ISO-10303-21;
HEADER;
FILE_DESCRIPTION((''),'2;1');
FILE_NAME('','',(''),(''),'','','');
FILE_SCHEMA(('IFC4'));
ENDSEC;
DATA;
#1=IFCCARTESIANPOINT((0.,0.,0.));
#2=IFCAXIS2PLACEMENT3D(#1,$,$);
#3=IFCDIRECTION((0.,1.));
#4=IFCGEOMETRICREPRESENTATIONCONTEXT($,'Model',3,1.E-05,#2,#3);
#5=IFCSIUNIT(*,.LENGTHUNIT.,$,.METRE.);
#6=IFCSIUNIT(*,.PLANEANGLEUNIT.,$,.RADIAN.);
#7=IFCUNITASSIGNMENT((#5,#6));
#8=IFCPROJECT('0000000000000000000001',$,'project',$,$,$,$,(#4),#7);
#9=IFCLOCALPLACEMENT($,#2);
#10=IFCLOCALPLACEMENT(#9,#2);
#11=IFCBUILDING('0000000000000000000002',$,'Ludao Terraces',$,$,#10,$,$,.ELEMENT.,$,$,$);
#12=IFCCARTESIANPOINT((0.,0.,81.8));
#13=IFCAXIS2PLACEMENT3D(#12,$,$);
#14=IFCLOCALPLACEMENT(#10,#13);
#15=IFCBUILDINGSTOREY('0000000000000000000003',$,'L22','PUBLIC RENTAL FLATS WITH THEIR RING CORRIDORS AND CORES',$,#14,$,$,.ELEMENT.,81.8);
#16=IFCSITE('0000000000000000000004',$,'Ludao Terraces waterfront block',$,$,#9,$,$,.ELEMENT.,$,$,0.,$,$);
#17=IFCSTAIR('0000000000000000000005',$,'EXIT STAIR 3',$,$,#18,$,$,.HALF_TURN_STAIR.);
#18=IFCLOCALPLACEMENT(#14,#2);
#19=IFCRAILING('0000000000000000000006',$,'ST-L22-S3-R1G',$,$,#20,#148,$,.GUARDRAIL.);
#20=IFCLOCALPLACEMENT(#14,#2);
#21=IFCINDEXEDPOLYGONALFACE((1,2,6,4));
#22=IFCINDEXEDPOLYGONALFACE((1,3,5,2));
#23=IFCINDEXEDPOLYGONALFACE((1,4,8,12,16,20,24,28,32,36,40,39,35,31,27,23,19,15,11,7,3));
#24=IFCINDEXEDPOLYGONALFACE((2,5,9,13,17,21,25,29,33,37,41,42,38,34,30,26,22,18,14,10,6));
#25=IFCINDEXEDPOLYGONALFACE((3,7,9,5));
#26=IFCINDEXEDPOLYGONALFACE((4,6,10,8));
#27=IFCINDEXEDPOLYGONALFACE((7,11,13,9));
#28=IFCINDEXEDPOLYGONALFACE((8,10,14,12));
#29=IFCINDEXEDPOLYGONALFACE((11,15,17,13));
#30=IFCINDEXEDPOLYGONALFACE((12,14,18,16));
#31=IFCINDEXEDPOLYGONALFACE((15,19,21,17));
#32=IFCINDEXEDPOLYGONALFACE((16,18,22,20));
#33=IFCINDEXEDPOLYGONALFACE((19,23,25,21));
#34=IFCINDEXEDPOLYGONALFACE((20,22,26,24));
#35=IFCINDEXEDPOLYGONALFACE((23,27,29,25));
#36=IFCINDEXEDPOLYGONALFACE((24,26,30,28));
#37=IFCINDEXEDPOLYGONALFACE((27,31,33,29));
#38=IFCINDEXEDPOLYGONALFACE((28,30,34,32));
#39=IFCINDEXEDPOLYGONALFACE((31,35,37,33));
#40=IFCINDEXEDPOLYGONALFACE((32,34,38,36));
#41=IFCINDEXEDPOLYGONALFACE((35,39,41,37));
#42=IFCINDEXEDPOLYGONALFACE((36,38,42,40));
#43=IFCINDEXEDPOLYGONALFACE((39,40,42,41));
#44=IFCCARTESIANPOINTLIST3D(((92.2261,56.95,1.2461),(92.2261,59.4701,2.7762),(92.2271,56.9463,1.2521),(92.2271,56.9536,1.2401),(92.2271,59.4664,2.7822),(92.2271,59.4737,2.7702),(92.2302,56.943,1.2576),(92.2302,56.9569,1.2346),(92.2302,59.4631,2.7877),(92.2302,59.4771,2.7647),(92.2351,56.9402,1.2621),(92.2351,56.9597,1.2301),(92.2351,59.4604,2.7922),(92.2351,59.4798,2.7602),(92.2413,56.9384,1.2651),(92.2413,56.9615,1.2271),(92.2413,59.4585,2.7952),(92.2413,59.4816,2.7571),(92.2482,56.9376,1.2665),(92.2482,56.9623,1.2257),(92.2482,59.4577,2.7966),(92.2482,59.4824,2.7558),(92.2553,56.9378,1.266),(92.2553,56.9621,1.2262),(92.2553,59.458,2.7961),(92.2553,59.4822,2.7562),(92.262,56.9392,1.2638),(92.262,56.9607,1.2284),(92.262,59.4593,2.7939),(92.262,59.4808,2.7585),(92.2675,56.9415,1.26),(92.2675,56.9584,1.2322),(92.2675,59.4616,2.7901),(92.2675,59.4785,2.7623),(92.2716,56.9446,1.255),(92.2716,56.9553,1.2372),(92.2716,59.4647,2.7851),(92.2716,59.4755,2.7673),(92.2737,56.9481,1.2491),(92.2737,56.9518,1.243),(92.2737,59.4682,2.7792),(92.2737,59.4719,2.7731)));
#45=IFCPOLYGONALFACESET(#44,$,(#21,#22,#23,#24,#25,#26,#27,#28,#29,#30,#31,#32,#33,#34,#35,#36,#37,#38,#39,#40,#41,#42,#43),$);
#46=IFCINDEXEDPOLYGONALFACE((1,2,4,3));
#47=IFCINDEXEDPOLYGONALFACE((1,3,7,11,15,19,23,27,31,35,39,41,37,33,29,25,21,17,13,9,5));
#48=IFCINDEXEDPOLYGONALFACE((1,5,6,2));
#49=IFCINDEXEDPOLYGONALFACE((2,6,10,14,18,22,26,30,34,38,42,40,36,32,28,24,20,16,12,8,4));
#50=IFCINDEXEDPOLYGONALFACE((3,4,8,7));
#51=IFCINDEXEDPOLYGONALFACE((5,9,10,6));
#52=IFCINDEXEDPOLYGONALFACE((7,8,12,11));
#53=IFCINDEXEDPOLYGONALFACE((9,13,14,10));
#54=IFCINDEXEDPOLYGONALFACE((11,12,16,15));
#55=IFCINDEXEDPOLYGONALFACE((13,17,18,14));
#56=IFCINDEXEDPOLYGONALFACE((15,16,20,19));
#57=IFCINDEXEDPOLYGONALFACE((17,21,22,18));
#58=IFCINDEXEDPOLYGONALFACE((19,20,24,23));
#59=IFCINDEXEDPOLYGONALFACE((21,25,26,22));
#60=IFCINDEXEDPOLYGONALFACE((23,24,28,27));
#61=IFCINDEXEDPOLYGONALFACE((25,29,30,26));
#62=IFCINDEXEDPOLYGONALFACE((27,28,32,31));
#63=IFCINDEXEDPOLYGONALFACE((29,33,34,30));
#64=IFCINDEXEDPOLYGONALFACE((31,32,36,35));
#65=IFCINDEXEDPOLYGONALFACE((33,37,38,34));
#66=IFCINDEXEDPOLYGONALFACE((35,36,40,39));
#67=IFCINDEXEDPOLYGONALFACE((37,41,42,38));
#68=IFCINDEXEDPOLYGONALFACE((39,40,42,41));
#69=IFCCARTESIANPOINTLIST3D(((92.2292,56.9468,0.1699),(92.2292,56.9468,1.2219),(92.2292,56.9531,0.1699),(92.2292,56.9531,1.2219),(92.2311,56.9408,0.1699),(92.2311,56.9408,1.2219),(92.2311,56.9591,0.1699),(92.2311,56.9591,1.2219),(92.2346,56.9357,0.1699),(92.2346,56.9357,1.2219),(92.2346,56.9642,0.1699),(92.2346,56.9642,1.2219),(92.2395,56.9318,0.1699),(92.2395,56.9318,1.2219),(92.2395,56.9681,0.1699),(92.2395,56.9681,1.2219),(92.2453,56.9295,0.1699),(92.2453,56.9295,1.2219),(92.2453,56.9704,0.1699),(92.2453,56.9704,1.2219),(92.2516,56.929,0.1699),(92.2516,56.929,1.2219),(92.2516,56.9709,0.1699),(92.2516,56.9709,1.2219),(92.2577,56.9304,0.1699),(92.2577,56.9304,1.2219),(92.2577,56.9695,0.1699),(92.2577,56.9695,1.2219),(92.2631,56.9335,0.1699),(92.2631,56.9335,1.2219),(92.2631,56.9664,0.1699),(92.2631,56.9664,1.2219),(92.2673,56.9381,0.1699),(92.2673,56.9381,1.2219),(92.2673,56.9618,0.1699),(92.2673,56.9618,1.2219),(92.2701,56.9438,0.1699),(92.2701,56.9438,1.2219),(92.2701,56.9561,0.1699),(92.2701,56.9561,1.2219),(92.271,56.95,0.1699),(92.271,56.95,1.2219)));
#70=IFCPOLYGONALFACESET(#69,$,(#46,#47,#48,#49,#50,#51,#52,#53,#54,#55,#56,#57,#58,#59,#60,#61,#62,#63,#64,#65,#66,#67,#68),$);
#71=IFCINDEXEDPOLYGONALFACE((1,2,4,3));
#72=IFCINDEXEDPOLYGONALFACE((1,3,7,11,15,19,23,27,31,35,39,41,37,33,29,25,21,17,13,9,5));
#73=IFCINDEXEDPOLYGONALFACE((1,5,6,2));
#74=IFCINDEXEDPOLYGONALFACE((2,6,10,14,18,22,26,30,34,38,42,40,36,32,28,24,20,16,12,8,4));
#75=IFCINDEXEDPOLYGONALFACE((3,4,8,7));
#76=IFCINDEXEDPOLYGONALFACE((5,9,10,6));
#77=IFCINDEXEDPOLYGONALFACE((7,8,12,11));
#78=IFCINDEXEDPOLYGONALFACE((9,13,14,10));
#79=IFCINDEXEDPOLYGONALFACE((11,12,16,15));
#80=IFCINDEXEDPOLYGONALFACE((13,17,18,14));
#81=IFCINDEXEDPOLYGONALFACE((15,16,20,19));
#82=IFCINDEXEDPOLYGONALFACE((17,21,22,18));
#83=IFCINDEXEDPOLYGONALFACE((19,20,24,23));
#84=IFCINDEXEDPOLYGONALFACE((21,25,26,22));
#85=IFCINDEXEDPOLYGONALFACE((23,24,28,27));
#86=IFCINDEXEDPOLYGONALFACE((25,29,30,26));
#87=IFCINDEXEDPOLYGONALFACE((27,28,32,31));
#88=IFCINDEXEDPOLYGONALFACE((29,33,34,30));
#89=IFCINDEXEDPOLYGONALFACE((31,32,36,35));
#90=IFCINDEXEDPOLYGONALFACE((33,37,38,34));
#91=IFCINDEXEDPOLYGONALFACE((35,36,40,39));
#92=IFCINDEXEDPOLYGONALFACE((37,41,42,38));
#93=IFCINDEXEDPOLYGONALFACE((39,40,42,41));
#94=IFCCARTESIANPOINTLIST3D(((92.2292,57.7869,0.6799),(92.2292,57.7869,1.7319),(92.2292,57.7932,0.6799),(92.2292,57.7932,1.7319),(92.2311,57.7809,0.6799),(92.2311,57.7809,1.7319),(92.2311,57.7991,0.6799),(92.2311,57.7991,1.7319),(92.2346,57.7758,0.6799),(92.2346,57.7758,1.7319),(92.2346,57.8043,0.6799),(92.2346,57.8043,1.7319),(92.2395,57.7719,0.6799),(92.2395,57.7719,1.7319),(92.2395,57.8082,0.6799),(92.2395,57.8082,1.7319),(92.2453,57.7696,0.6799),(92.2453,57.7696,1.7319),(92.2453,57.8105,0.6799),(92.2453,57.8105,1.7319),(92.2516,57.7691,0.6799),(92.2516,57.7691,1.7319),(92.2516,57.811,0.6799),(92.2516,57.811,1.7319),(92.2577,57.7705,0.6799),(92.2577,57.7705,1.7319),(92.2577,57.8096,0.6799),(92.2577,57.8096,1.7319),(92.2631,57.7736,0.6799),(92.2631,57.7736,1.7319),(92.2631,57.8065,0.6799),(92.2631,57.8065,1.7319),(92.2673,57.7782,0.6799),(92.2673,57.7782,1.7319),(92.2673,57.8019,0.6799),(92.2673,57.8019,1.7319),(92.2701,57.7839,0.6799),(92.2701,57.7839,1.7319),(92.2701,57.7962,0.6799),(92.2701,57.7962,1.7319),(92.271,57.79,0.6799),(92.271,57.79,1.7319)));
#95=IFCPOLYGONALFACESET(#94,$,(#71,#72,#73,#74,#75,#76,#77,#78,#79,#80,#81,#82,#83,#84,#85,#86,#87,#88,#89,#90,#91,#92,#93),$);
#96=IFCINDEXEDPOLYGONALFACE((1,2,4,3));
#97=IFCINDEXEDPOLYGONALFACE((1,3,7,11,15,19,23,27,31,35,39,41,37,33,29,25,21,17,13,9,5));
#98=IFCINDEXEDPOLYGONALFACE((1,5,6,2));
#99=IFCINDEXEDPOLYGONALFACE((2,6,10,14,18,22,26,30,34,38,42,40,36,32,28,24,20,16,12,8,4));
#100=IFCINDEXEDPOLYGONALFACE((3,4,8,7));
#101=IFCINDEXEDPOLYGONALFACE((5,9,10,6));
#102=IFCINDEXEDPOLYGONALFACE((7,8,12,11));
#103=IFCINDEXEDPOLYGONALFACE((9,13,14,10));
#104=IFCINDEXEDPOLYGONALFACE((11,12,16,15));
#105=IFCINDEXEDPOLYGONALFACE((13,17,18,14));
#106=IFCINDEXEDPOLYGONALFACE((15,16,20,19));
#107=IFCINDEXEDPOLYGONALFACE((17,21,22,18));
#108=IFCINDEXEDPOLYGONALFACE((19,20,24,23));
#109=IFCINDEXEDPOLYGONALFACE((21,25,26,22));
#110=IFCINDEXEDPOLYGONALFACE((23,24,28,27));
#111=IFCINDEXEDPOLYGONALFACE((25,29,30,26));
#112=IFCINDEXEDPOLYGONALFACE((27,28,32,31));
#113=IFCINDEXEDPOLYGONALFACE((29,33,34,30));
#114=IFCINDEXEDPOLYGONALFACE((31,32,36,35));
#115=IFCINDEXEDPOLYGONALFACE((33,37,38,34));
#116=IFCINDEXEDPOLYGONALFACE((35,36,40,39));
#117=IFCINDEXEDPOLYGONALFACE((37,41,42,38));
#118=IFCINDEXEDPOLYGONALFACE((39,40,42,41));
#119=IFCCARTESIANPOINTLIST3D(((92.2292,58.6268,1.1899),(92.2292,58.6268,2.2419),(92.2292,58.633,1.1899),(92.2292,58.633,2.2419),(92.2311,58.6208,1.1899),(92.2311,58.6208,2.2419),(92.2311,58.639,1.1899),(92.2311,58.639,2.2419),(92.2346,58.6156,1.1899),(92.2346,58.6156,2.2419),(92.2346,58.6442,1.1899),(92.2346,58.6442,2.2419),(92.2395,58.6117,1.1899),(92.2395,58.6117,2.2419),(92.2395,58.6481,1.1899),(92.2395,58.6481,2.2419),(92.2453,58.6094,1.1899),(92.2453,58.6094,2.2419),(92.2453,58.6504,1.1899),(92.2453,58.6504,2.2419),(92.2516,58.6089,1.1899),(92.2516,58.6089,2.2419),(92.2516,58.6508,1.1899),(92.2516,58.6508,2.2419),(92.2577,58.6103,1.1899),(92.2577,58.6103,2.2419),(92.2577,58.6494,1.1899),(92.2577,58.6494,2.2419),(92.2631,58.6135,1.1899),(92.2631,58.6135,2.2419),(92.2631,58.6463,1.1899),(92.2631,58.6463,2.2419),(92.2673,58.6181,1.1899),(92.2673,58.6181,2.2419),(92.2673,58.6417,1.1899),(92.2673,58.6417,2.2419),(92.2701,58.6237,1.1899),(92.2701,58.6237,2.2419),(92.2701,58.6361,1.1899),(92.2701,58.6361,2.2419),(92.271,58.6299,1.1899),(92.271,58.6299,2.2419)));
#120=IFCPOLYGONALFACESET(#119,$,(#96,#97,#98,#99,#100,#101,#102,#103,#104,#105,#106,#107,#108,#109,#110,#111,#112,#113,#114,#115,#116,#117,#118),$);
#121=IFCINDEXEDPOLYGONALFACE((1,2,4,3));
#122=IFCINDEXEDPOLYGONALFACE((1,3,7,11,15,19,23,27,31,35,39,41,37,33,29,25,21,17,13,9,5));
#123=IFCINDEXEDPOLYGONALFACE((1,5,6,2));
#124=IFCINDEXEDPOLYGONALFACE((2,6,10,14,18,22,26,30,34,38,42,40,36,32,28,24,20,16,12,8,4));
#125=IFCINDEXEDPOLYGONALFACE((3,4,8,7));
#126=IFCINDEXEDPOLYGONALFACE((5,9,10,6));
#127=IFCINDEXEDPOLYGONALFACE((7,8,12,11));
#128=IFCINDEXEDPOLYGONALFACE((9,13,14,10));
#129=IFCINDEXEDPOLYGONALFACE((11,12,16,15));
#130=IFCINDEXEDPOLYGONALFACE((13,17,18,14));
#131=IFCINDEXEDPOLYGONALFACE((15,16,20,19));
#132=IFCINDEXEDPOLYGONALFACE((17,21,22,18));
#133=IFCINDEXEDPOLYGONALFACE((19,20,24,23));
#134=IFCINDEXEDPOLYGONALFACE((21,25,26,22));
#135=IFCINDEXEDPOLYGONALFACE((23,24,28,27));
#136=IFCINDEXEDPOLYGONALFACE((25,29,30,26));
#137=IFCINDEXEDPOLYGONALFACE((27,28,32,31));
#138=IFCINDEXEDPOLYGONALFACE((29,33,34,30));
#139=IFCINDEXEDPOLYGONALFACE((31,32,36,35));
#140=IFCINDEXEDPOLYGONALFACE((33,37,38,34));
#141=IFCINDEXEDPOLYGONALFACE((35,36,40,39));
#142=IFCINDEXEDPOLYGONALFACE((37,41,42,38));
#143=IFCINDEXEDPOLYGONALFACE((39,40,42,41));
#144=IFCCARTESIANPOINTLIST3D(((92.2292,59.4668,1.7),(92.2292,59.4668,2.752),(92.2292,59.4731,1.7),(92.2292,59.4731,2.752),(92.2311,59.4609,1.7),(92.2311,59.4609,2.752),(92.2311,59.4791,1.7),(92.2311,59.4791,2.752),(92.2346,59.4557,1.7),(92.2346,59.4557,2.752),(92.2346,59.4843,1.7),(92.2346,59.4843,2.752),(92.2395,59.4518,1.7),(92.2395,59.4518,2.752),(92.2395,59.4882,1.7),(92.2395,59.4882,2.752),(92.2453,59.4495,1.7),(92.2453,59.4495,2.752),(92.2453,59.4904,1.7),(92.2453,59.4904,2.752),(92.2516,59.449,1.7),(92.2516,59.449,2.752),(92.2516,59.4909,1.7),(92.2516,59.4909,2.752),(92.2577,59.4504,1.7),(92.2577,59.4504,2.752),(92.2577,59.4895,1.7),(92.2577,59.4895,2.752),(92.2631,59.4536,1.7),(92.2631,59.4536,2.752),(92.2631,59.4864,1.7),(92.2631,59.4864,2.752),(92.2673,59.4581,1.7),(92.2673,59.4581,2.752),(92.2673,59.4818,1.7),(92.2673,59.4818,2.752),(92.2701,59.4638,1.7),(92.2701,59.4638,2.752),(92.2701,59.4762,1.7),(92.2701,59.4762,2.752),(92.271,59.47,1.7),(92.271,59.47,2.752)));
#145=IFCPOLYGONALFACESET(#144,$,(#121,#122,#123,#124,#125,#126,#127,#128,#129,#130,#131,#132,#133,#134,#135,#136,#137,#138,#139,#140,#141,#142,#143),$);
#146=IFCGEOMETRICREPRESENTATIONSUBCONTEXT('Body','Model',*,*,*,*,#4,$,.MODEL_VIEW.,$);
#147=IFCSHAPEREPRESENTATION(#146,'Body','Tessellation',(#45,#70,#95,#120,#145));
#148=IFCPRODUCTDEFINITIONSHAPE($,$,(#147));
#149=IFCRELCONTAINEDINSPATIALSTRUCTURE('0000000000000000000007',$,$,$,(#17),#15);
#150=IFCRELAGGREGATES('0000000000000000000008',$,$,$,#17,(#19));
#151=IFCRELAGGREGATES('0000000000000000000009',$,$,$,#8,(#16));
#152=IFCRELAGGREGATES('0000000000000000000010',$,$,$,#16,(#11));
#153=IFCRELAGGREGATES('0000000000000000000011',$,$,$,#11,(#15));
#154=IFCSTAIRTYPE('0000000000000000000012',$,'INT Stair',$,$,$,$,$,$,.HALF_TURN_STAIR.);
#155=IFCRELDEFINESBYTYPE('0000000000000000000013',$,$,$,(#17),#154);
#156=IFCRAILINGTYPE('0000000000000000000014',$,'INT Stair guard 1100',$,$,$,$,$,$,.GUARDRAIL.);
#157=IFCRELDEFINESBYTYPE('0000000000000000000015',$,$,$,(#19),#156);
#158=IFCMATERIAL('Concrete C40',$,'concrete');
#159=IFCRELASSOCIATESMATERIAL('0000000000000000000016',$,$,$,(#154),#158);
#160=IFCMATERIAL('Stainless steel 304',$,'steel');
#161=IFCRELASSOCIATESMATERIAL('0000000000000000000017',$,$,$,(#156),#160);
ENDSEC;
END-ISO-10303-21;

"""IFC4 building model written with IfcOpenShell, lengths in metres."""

from ifc_helpers import new_model, si_unit, direction, frame, origin, origin_2d, place, context, subcontext, project, spatial, circle, extrude, material, type_object, element, aggregate, save


model = new_model("IFC4")

# Units and contexts
model_context = context("Model", 3, precision=1e-05, world=origin(), true_north=direction((0.0, 1.0)))
body_context = subcontext(model_context, "Body", "Model", "MODEL_VIEW")
ifc_project = project(units=[si_unit("LENGTHUNIT", "METRE"), si_unit("PLANEANGLEUNIT", "RADIAN")], contexts=[model_context])

# Site, building, storey
site_placement = place(None, origin())
site = spatial("IfcSite", under=ifc_project, at=site_placement, Name="Ludao Terraces waterfront block", CompositionType="ELEMENT", RefElevation=0.0)
building_placement = place(site_placement, origin())
building = spatial("IfcBuilding", under=site, at=building_placement, Name="Ludao Terraces", CompositionType="ELEMENT")
storey_placement = place(building_placement, frame((0.0, 0.0, 81.8)))
storey = spatial("IfcBuildingStorey", under=building, at=storey_placement, Name="L22", Description="PUBLIC RENTAL FLATS WITH THEIR RING CORRIDORS AND CORES", CompositionType="ELEMENT", Elevation=81.8)

# Stair, railing
ifc_material_1 = material(Name="Concrete C40", Category="concrete")
stair_type = type_object("IfcStairType", Name="INT Stair", PredefinedType="HALF_TURN_STAIR", material=ifc_material_1)
stair_placement = place(storey_placement, origin())
stair = element("IfcStair", 1, at=stair_placement, inside=storey, type_object=stair_type, Name="EXIT STAIR 3", PredefinedType="HALF_TURN_STAIR")
ifc_material_2 = material(Name="Stainless steel 304", Category="steel")
railing_type_1 = type_object("IfcRailingType", Name="INT Stair guard 1100", PredefinedType="GUARDRAIL", material=ifc_material_2)
railing_1_placement = place(storey_placement, frame((92.25, 56.95, 0.1699)))
railing_1 = element("IfcRailing", 2, at=railing_1_placement, type_object=railing_type_1, Name="ST-L22-S3-R1G", PredefinedType="GUARDRAIL", context=body_context, shape_type="SweptSolid", body=[
    extrude(circle(Radius=0.0239, at=origin_2d()), frame((0.0, 0.0, 1.0762), z_axis=(0.0, 0.854785, 0.518982), x_axis=(-1.0, 0.0, 0.0)), (0.0, 0.0, 1.0), 2.9482),
    extrude(circle(Radius=0.021, at=origin_2d()), origin(), (0.0, 0.0, 1.0), 1.052),
    extrude(circle(Radius=0.021, at=origin_2d()), frame((0.0, 0.8401, 0.51)), (0.0, 0.0, 1.0), 1.052),
    extrude(circle(Radius=0.021, at=origin_2d()), frame((0.0, 1.6799, 1.02)), (0.0, 0.0, 1.0), 1.052),
    extrude(circle(Radius=0.021, at=origin_2d()), frame((0.0, 2.52, 1.53)), (0.0, 0.0, 1.0), 1.052),
])
aggregate(stair, [railing_1])

save(model, "model.ifc")
